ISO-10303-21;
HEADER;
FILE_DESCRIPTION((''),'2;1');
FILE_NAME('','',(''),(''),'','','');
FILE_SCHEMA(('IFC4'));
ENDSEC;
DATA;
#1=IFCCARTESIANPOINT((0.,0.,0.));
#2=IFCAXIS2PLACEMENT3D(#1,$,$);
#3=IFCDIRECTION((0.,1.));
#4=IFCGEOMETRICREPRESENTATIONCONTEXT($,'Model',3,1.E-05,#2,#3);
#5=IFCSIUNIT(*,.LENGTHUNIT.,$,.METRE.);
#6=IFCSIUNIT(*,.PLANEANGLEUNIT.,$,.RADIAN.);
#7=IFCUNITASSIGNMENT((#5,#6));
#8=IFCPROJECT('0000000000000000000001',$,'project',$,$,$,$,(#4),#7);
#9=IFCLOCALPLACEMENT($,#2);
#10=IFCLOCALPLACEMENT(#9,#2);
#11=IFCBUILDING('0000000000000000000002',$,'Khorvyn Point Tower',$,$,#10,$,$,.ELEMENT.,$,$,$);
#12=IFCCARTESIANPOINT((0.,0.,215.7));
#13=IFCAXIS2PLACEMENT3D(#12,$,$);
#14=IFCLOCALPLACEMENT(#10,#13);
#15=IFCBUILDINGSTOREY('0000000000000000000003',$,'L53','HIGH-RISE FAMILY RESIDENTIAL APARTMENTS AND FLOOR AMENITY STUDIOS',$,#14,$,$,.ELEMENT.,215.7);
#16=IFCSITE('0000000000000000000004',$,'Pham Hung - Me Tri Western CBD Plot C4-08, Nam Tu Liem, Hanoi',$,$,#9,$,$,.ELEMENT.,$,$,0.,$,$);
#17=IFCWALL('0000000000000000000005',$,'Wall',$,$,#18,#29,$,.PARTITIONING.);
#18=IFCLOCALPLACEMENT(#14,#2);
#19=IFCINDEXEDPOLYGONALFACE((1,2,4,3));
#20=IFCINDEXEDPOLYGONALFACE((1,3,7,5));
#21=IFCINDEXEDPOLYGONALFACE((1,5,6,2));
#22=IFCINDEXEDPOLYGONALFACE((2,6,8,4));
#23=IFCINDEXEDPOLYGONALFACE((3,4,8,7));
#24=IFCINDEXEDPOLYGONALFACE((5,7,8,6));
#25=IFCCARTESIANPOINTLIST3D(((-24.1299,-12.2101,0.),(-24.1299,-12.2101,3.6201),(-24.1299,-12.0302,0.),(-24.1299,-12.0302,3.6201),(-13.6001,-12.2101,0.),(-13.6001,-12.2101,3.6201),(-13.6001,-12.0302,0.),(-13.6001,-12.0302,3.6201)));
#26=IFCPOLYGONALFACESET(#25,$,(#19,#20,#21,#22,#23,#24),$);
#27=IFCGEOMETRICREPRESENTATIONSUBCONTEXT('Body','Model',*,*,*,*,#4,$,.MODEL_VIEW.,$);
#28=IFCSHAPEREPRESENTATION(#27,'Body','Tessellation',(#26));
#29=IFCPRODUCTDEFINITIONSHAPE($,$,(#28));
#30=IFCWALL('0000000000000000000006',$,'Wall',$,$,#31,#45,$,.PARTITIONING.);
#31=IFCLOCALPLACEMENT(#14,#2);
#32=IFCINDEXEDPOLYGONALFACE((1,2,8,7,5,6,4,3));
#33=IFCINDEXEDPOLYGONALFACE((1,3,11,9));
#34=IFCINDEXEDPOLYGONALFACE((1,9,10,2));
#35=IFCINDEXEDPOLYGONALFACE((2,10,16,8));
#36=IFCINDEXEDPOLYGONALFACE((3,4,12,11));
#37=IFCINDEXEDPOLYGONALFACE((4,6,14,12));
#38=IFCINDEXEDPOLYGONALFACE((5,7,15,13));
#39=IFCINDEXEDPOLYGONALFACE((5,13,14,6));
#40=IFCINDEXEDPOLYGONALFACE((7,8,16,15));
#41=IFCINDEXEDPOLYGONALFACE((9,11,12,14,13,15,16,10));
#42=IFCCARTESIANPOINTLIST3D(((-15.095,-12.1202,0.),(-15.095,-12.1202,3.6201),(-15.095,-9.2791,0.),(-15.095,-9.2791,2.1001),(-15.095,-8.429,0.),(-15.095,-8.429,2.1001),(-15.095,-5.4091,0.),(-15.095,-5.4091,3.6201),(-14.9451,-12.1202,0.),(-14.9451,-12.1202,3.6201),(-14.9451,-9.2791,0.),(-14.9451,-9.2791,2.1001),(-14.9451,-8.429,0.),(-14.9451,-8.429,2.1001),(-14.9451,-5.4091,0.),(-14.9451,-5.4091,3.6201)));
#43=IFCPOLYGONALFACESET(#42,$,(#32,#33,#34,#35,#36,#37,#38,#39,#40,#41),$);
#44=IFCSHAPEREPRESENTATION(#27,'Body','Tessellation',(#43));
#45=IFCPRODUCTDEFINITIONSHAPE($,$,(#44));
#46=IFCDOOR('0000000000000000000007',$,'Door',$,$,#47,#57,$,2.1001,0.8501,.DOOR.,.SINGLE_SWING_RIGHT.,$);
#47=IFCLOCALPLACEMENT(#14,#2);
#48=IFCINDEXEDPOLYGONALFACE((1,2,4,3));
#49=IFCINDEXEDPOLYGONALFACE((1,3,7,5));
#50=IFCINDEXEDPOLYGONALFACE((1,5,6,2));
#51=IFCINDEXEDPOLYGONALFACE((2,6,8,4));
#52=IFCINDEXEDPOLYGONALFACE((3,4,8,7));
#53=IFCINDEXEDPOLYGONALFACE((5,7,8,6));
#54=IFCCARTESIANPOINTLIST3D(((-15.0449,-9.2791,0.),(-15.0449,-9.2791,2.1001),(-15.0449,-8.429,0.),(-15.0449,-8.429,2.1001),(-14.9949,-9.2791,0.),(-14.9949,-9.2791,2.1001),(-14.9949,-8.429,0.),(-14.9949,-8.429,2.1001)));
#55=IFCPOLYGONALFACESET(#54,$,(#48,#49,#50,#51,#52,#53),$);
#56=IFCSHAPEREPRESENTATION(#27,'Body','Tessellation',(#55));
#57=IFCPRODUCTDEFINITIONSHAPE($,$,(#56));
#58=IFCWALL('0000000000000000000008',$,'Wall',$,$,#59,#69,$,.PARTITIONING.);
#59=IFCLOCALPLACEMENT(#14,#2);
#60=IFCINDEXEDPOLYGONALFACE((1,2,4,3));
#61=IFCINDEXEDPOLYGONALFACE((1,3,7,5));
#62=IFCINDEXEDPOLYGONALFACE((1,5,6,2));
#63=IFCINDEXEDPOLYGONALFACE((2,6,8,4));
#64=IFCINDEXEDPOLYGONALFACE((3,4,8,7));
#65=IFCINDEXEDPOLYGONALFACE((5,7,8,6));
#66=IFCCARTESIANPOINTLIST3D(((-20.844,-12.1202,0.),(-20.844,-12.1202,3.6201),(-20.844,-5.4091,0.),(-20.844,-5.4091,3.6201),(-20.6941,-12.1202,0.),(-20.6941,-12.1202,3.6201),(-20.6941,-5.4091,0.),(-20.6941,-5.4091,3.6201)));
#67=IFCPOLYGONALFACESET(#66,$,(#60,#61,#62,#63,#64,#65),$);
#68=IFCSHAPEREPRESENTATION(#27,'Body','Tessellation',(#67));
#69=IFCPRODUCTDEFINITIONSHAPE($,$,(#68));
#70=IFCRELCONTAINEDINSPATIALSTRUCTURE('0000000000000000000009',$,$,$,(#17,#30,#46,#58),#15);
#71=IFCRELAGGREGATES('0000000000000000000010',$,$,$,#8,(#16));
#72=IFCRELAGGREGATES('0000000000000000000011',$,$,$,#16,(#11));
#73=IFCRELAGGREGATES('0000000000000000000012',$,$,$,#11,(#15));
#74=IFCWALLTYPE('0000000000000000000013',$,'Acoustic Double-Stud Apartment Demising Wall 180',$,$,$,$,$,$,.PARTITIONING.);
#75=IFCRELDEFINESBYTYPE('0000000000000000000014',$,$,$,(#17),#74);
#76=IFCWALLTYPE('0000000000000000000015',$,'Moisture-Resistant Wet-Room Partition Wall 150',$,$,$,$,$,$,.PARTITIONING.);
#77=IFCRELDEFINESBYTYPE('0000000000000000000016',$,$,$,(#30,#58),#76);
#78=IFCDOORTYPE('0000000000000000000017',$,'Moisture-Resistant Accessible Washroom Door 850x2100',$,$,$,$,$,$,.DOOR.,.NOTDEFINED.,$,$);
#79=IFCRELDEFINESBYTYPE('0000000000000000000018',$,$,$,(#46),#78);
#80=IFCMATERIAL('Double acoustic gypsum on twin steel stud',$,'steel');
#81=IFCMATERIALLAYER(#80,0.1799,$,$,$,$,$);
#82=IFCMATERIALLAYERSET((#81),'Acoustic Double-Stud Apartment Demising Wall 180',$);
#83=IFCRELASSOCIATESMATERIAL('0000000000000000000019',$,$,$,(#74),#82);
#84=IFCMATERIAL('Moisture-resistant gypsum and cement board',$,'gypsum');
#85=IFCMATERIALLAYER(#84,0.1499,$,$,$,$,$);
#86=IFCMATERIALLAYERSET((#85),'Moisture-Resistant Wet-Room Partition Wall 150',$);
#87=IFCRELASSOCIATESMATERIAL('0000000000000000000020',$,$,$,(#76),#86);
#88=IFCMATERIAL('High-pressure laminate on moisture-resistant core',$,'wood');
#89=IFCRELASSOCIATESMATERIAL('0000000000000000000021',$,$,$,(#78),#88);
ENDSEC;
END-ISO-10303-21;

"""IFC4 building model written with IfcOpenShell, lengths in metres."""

from ifc_helpers import new_model, si_unit, direction, frame, frame_2d, origin, place, context, subcontext, project, spatial, rectangle, extrude, material, layer, layer_set, type_object, element, fill, save


model = new_model("IFC4")

# Units and contexts
model_context = context("Model", 3, precision=1e-05, world=origin(), true_north=direction((0.0, 1.0)))
body_context = subcontext(model_context, "Body", "Model", "MODEL_VIEW")
ifc_project = project(units=[si_unit("LENGTHUNIT", "METRE"), si_unit("PLANEANGLEUNIT", "RADIAN")], contexts=[model_context])

# Site, building, storey
site_placement = place(None, origin())
site = spatial("IfcSite", under=ifc_project, at=site_placement, Name="Pham Hung - Me Tri Western CBD Plot C4-08, Nam Tu Liem, Hanoi", CompositionType="ELEMENT", RefElevation=0.0)
building_placement = place(site_placement, origin())
building = spatial("IfcBuilding", under=site, at=building_placement, Name="Khorvyn Point Tower", CompositionType="ELEMENT")
storey_placement = place(building_placement, frame((0.0, 0.0, 215.7)))
storey = spatial("IfcBuildingStorey", under=building, at=storey_placement, Name="L53", Description="HIGH-RISE FAMILY RESIDENTIAL APARTMENTS AND FLOOR AMENITY STUDIOS", CompositionType="ELEMENT", Elevation=215.7)

# Shared definitions
ifc_material_1 = material(Name="Double acoustic gypsum on twin steel stud", Category="steel")
ifc_layer_1 = layer(ifc_material_1, 0.1799)
ifc_layer_set_1 = layer_set([ifc_layer_1], Name="Acoustic Double-Stud Apartment Demising Wall 180")
wall_type_1 = type_object("IfcWallType", Name="Acoustic Double-Stud Apartment Demising Wall 180", PredefinedType="PARTITIONING", material=ifc_layer_set_1)

# Wall
wall_1_placement = place(storey_placement, frame((-24.1299, -12.1201, 0.0), z_axis=(0.0, 0.0, 1.0), x_axis=(1.0, 0.0, 0.0)))
element("IfcWall", 1, at=wall_1_placement, inside=storey, type_object=wall_type_1, Name="Wall", PredefinedType="PARTITIONING", context=body_context, shape_type="SweptSolid", body=[
    extrude(rectangle(XDim=10.5298, YDim=0.1799, at=frame_2d((5.2649, 0.0))), origin(), (0.0, 0.0, 1.0), 3.6201),
])

# Wall, opening, door
ifc_material_2 = material(Name="Moisture-resistant gypsum and cement board", Category="gypsum")
ifc_layer_2 = layer(ifc_material_2, 0.1499)
ifc_layer_set_2 = layer_set([ifc_layer_2], Name="Moisture-Resistant Wet-Room Partition Wall 150")
wall_type_2 = type_object("IfcWallType", Name="Moisture-Resistant Wet-Room Partition Wall 150", PredefinedType="PARTITIONING", material=ifc_layer_set_2)
wall_2_placement = place(storey_placement, frame((-15.02, -12.1201, 0.0), z_axis=(0.0, 0.0, 1.0), x_axis=(0.0, 1.0, 0.0)))
wall_2 = element("IfcWall", 2, at=wall_2_placement, inside=storey, type_object=wall_type_2, Name="Wall", PredefinedType="PARTITIONING", context=body_context, shape_type="SweptSolid", body=[
    extrude(rectangle(XDim=6.7112, YDim=0.1499, at=frame_2d((3.3555, 0.0))), origin(), (0.0, 0.0, 1.0), 3.6201),
])
opening_1_placement = place(wall_2_placement, frame((2.8411, 0.0, 0.0)))
opening_1 = element("IfcOpeningElement", 3, at=opening_1_placement, cuts=wall_2, PredefinedType="OPENING", context=body_context, shape_type="SweptSolid", body=[
    extrude(rectangle(XDim=0.8501, YDim=2.1001, at=frame_2d((0.425, 1.05))), frame((0.0, 0.085, 0.0), z_axis=(0.0, -1.0, 0.0), x_axis=(1.0, 0.0, 0.0)), (0.0, 0.0, 1.0), 0.1699),
])
ifc_material_3 = material(Name="High-pressure laminate on moisture-resistant core", Category="wood")
door_type_1 = type_object("IfcDoorType", Name="Moisture-Resistant Accessible Washroom Door 850x2100", OperationType="NOTDEFINED", PredefinedType="DOOR", material=ifc_material_3)
door_1_placement = place(opening_1_placement, origin())
door_1 = element("IfcDoor", 4, at=door_1_placement, inside=storey, type_object=door_type_1, Name="Door", OperationType="SINGLE_SWING_RIGHT", OverallHeight=2.1001, OverallWidth=0.8501, PredefinedType="DOOR", context=body_context, shape_type="SweptSolid", body=[
    extrude(rectangle(XDim=0.8501, YDim=2.1001, at=frame_2d((0.425, 1.05))), frame((0.0, 0.0249, 0.0), z_axis=(0.0, -1.0, 0.0), x_axis=(1.0, 0.0, 0.0)), (0.0, 0.0, 1.0), 0.05),
])
fill(opening_1, door_1)

# Wall
wall_3_placement = place(storey_placement, frame((-20.769, -12.1201, 0.0), z_axis=(0.0, 0.0, 1.0), x_axis=(0.0, 1.0, 0.0)))
element("IfcWall", 5, at=wall_3_placement, inside=storey, type_object=wall_type_2, Name="Wall", PredefinedType="PARTITIONING", context=body_context, shape_type="SweptSolid", body=[
    extrude(rectangle(XDim=6.7112, YDim=0.1499, at=frame_2d((3.3555, 0.0))), origin(), (0.0, 0.0, 1.0), 3.6201),
])

save(model, "model.ifc")
